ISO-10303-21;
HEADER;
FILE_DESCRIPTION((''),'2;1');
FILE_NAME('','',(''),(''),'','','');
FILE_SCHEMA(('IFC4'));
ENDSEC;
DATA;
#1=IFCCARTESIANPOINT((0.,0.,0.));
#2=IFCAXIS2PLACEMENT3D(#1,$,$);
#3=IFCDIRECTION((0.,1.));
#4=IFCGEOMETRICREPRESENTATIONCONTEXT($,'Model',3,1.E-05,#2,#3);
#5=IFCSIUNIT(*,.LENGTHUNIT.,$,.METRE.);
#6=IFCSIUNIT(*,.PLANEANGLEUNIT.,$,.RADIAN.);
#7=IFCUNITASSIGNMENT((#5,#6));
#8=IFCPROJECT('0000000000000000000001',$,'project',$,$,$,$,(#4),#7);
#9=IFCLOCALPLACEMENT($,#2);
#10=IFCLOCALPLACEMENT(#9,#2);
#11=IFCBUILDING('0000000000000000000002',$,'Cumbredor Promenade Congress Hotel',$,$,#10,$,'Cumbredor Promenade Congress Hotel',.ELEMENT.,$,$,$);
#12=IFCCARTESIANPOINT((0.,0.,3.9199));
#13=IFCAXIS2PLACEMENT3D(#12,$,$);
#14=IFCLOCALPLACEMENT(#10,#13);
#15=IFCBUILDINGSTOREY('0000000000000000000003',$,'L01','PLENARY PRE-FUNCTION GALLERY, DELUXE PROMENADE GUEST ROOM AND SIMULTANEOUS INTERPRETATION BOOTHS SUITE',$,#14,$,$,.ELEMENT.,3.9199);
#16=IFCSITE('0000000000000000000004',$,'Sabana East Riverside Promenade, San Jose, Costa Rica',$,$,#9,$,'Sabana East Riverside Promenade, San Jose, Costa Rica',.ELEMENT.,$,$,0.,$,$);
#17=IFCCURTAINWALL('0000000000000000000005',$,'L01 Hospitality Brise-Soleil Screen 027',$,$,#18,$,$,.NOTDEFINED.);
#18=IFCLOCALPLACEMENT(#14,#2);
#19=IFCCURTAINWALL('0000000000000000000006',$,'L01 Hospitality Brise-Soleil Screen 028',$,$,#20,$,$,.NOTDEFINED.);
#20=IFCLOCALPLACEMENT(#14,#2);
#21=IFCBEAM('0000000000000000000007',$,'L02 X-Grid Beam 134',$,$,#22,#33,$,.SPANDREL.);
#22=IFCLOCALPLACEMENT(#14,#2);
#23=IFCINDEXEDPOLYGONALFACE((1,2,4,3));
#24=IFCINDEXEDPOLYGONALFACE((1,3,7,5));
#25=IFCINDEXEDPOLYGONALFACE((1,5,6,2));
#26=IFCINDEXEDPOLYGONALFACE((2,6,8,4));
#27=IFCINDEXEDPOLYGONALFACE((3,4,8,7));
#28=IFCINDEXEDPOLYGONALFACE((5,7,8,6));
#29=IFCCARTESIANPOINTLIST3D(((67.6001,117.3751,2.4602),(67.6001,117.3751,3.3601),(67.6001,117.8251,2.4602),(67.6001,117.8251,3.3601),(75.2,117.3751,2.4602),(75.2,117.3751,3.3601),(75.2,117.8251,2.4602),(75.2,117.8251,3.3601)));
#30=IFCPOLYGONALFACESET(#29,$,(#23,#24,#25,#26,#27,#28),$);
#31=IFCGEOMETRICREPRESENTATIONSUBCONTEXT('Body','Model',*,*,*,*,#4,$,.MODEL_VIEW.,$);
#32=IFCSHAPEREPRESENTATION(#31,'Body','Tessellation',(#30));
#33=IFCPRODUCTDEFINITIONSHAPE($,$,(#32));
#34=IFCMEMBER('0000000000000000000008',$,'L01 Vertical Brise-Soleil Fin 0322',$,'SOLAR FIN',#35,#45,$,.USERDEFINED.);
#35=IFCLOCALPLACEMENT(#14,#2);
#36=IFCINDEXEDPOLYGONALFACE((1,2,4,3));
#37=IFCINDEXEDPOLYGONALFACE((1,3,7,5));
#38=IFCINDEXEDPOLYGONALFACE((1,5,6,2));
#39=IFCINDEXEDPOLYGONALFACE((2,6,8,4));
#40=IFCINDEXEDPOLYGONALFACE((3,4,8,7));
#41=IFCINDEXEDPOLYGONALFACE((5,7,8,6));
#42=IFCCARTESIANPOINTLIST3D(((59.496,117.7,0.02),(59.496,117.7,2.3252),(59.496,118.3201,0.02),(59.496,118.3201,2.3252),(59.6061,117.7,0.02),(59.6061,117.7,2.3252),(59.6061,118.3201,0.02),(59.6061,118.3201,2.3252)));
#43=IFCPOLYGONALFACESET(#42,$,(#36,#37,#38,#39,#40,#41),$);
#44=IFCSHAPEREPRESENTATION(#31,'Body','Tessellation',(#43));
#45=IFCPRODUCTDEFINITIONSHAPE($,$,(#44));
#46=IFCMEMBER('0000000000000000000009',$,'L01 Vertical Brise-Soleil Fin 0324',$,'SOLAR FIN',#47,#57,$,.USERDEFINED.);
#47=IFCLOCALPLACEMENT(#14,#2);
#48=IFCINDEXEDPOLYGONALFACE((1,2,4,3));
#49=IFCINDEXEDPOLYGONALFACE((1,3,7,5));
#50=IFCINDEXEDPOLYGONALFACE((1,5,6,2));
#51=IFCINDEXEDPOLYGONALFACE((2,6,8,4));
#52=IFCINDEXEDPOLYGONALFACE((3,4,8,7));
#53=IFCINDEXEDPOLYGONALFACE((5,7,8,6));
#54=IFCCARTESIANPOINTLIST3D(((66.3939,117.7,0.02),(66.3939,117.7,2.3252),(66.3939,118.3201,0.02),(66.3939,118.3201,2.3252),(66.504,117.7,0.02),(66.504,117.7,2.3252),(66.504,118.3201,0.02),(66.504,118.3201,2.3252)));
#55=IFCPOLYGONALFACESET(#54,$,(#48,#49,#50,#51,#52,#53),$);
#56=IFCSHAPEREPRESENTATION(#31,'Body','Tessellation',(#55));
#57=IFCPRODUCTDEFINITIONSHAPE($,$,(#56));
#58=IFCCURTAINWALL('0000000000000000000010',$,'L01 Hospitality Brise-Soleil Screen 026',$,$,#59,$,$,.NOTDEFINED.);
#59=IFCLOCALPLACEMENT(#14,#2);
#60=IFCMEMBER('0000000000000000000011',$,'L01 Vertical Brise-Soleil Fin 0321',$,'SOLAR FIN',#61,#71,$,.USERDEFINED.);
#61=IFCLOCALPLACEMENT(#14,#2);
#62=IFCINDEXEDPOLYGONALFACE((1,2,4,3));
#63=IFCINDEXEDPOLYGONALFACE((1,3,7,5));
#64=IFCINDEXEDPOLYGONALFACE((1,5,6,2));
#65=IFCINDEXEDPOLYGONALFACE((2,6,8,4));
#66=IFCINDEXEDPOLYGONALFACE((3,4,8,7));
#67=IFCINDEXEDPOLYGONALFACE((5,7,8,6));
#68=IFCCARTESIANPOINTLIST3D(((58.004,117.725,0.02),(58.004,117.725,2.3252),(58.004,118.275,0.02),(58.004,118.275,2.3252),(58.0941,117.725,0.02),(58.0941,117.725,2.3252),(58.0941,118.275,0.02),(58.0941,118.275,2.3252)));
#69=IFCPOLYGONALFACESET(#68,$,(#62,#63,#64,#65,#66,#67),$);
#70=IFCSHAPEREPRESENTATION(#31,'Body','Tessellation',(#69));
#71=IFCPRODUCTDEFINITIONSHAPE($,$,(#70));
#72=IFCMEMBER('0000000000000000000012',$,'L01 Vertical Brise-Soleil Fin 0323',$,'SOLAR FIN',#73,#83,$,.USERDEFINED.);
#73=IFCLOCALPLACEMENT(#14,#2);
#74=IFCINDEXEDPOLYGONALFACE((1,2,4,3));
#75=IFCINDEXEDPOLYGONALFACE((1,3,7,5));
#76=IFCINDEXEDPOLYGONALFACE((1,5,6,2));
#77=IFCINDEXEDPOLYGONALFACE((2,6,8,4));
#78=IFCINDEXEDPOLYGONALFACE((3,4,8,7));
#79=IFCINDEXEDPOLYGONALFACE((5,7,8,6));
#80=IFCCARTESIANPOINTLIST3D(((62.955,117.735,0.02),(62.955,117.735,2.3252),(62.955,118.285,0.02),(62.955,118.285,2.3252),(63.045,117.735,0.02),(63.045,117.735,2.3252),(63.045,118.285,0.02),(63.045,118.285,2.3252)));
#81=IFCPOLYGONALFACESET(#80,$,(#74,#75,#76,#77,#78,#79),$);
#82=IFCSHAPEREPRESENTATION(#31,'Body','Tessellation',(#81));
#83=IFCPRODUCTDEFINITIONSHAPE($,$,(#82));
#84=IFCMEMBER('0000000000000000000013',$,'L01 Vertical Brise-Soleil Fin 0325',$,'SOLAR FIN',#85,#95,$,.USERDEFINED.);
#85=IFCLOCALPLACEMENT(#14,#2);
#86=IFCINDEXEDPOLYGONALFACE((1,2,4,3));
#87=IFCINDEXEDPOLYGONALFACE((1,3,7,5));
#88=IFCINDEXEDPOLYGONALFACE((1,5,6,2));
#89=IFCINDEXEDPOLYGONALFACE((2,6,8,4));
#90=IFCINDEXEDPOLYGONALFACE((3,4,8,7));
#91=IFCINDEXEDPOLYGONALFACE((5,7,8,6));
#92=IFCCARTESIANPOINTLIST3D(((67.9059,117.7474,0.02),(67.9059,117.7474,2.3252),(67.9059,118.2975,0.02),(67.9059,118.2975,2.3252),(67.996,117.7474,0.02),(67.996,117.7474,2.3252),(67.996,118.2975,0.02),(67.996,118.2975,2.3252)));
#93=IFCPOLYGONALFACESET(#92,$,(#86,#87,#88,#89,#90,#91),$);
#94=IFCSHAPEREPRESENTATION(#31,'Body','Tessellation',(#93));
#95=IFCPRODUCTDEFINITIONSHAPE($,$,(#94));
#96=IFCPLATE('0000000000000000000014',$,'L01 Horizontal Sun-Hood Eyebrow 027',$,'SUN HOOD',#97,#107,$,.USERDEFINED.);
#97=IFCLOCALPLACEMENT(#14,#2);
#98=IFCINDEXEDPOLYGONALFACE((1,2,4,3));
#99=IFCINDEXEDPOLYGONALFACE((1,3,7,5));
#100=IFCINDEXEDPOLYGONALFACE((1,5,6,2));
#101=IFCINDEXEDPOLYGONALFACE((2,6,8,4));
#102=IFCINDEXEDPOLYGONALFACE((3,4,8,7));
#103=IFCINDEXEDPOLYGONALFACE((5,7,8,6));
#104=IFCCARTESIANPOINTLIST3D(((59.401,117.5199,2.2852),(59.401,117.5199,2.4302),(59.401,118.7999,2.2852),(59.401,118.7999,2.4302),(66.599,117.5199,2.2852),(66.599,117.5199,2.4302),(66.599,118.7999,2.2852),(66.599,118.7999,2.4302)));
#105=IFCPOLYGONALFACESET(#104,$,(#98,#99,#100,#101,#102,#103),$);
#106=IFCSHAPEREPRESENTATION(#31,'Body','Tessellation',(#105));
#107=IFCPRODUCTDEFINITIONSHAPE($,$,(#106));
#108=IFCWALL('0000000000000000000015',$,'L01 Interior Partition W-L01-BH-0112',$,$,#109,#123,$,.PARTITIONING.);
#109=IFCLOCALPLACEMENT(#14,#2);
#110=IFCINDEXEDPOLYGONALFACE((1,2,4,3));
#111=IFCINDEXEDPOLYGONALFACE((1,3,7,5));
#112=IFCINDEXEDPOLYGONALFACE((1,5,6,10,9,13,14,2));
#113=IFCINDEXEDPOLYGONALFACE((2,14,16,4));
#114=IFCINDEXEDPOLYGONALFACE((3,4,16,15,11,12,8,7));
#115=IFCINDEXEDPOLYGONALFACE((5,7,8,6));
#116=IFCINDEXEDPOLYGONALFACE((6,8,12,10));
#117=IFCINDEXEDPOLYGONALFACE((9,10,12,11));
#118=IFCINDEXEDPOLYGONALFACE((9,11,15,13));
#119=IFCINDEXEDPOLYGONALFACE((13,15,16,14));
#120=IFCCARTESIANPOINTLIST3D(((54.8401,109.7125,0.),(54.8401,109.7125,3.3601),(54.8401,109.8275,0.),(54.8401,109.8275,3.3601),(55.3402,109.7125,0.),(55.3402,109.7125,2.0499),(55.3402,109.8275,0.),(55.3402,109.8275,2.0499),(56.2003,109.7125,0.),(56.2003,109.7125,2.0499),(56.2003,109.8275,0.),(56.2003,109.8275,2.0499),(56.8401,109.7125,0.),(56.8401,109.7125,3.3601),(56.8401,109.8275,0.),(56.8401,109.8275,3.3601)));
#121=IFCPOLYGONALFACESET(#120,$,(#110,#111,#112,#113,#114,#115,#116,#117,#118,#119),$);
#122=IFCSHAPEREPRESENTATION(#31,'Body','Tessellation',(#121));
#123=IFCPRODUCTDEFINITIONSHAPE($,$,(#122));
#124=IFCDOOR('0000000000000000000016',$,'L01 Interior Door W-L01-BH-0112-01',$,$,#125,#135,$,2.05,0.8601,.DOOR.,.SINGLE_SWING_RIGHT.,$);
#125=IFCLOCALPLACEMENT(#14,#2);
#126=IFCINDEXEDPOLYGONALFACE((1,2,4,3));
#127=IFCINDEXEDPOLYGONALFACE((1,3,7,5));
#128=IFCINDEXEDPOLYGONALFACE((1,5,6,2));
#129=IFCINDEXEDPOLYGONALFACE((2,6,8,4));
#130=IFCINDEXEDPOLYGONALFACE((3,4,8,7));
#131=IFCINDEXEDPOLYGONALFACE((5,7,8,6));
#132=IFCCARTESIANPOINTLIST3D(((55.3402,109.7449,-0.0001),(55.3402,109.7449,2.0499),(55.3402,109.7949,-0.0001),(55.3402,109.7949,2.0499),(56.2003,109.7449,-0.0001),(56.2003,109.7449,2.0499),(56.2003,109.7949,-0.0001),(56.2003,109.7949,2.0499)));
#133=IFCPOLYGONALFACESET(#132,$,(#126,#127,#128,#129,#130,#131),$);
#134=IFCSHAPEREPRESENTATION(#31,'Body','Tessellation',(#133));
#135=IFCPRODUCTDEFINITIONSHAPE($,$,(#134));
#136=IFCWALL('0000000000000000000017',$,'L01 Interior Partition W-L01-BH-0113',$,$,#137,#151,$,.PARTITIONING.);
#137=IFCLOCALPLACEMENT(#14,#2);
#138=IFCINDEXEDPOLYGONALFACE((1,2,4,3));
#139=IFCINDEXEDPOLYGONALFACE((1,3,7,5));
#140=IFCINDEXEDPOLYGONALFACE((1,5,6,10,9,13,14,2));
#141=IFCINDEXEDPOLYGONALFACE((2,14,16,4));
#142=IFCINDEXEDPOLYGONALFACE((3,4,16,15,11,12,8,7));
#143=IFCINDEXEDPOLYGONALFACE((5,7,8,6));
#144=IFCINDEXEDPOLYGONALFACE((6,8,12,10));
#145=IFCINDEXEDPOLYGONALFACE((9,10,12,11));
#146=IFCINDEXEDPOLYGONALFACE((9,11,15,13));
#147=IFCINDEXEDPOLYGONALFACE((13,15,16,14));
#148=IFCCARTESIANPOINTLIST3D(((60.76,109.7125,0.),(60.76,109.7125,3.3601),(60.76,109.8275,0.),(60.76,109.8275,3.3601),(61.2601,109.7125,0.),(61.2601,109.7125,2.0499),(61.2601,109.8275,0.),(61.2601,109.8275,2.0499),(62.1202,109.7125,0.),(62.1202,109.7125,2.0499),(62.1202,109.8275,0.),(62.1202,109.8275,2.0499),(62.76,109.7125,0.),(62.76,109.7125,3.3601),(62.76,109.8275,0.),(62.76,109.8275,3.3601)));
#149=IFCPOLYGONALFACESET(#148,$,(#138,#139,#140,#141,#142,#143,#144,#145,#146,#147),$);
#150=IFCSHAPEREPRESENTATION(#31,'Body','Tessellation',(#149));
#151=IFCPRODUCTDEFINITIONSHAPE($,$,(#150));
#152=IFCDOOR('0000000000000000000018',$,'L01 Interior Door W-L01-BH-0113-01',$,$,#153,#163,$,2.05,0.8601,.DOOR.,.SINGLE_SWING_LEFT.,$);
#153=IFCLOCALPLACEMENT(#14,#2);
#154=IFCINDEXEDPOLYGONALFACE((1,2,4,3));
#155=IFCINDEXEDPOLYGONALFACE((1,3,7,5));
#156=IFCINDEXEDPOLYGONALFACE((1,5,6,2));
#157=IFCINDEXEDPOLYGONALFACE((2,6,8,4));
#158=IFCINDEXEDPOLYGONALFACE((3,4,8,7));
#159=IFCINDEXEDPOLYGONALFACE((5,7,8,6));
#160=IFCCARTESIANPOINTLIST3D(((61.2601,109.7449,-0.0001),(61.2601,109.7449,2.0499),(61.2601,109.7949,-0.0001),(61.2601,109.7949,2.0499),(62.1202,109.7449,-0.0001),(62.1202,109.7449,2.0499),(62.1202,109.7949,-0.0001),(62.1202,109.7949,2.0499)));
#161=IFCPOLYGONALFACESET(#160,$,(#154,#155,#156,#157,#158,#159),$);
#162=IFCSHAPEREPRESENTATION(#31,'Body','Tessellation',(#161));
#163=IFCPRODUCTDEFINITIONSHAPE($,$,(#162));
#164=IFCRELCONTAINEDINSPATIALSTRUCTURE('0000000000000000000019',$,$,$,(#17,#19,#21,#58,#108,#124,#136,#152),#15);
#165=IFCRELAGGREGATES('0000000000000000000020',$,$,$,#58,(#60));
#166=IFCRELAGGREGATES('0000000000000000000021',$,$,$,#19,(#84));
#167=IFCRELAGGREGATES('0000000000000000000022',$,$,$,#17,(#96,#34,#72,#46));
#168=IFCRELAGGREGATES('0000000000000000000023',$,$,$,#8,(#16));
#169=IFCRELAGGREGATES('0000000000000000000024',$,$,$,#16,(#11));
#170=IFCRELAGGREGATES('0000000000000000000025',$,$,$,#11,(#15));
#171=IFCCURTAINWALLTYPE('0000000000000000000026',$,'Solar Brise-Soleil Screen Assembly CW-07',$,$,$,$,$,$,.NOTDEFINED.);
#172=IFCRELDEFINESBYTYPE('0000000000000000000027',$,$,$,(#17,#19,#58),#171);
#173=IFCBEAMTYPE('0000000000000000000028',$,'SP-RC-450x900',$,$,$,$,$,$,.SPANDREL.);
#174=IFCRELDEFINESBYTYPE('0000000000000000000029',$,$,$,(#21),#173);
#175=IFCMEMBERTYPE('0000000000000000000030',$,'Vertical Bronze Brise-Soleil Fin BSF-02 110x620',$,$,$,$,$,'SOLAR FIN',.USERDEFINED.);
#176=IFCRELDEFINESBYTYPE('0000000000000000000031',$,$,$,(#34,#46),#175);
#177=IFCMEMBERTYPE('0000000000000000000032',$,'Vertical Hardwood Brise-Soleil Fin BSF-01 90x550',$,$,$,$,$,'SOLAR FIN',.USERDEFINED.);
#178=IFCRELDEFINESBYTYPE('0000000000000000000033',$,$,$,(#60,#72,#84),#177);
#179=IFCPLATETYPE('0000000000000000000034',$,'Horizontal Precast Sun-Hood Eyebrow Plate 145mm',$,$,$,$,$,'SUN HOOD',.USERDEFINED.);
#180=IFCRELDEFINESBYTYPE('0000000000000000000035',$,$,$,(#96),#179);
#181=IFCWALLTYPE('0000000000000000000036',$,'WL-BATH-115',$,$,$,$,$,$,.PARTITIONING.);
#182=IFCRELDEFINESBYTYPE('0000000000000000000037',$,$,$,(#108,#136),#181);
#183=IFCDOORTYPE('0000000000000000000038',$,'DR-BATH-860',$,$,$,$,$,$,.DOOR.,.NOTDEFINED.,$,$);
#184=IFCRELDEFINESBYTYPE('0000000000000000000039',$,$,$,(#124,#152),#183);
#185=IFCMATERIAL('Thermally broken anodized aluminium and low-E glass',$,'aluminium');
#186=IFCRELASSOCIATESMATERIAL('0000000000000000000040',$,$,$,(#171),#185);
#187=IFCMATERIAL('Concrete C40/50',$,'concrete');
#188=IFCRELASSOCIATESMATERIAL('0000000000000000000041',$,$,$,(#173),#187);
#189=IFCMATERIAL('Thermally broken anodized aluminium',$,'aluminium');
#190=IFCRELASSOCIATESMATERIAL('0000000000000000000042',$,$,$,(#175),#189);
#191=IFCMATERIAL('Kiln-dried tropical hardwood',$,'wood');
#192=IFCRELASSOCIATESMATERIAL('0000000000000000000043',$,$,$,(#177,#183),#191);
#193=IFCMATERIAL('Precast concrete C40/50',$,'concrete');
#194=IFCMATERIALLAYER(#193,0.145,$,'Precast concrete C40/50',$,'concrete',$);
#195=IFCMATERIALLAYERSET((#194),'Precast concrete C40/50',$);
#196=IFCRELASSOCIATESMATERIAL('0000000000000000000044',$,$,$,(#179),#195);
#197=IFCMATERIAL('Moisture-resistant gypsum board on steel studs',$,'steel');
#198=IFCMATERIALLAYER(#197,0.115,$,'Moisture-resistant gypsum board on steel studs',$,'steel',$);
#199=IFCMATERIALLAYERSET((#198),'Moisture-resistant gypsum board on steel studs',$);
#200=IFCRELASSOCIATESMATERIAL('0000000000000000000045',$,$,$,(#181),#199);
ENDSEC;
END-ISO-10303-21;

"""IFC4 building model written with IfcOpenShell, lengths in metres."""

from ifc_helpers import new_model, si_unit, direction, frame, frame_2d, origin, origin_2d, place, context, subcontext, project, spatial, rectangle, extrude, material, layer, layer_set, material_profile, profile_set, type_object, element, fill, aggregate, save


model = new_model("IFC4")

# Units and contexts
model_context = context("Model", 3, precision=1e-05, world=origin(), true_north=direction((0.0, 1.0)))
body_context = subcontext(model_context, "Body", "Model", "MODEL_VIEW")
ifc_project = project(units=[si_unit("LENGTHUNIT", "METRE"), si_unit("PLANEANGLEUNIT", "RADIAN")], contexts=[model_context])

# Site, building, storey
site_placement = place(None, origin())
site = spatial("IfcSite", under=ifc_project, at=site_placement, Name="Sabana East Riverside Promenade, San Jose, Costa Rica", LongName="Sabana East Riverside Promenade, San Jose, Costa Rica", CompositionType="ELEMENT", RefElevation=0.0)
building_placement = place(site_placement, origin())
building = spatial("IfcBuilding", under=site, at=building_placement, Name="Cumbredor Promenade Congress Hotel", LongName="Cumbredor Promenade Congress Hotel", CompositionType="ELEMENT")
storey_placement = place(building_placement, frame((0.0, 0.0, 3.9199)))
storey = spatial("IfcBuildingStorey", under=building, at=storey_placement, Name="L01", Description="PLENARY PRE-FUNCTION GALLERY, DELUXE PROMENADE GUEST ROOM AND SIMULTANEOUS INTERPRETATION BOOTHS SUITE", CompositionType="ELEMENT", Elevation=3.9199)

# Shared definitions
ifc_material_1 = material(Name="Concrete C40/50", Category="concrete")

# Curtain walls
ifc_material_2 = material(Name="Thermally broken anodized aluminium and low-E glass", Category="aluminium")
curtain_wall_type = type_object("IfcCurtainWallType", Name="Solar Brise-Soleil Screen Assembly CW-07", PredefinedType="NOTDEFINED", material=ifc_material_2)
curtain_wall_1_placement = place(storey_placement, origin())
curtain_wall_1 = element("IfcCurtainWall", 1, at=curtain_wall_1_placement, inside=storey, type_object=curtain_wall_type, Name="L01 Hospitality Brise-Soleil Screen 027", PredefinedType="NOTDEFINED")
ifc_material_3 = material(Name="Thermally broken anodized aluminium", Category="aluminium")
curtain_wall_2_placement = place(storey_placement, origin())
curtain_wall_2 = element("IfcCurtainWall", 2, at=curtain_wall_2_placement, inside=storey, type_object=curtain_wall_type, Name="L01 Hospitality Brise-Soleil Screen 028", PredefinedType="NOTDEFINED")

# Beam
ifc_material_profile_1 = material_profile(ifc_material_1, rectangle(XDim=0.45, YDim=0.8999, at=origin_2d()), Name="RC SPANDREL 450x900")
ifc_profile_set_1 = profile_set([ifc_material_profile_1], Name="Concrete C40/50")
beam_type_1 = type_object("IfcBeamType", Name="SP-RC-450x900", PredefinedType="SPANDREL", material=ifc_profile_set_1)
beam_1_placement = place(storey_placement, frame((67.6001, 117.6001, 2.9102), z_axis=(1.0, 0.0, 0.0), x_axis=(0.0, 1.0, 0.0)))
element("IfcBeam", 3, at=beam_1_placement, inside=storey, type_object=beam_type_1, Name="L02 X-Grid Beam 134", PredefinedType="SPANDREL", context=body_context, shape_type="SweptSolid", body=[
    extrude(rectangle(XDim=0.45, YDim=0.8999, at=origin_2d()), origin(), (0.0, 0.0, 1.0), 7.5999),
])

# Members
ifc_material_profile_2 = material_profile(ifc_material_3, rectangle(XDim=0.1101, YDim=0.6201, at=origin_2d()), Name="ARCH FIN 110x620")
ifc_profile_set_2 = profile_set([ifc_material_profile_2], Name="Thermally broken anodized aluminium")
member_type_1 = type_object("IfcMemberType", Name="Vertical Bronze Brise-Soleil Fin BSF-02 110x620", ElementType="SOLAR FIN", PredefinedType="USERDEFINED", material=ifc_profile_set_2)
member_1_placement = place(storey_placement, frame((59.551, 118.01, 0.02), z_axis=(0.0, 0.0, 1.0), x_axis=(1.0, 0.0, 0.0)))
member_1 = element("IfcMember", 4, at=member_1_placement, type_object=member_type_1, Name="L01 Vertical Brise-Soleil Fin 0322", ObjectType="SOLAR FIN", PredefinedType="USERDEFINED", context=body_context, shape_type="SweptSolid", body=[
    extrude(rectangle(XDim=0.1101, YDim=0.6201, at=origin_2d()), origin(), (0.0, 0.0, 1.0), 2.3052),
])
member_2_placement = place(storey_placement, frame((66.449, 118.01, 0.02), z_axis=(0.0, 0.0, 1.0), x_axis=(1.0, 0.0, 0.0)))
member_2 = element("IfcMember", 5, at=member_2_placement, type_object=member_type_1, Name="L01 Vertical Brise-Soleil Fin 0324", ObjectType="SOLAR FIN", PredefinedType="USERDEFINED", context=body_context, shape_type="SweptSolid", body=[
    extrude(rectangle(XDim=0.1101, YDim=0.6201, at=origin_2d()), origin(), (0.0, 0.0, 1.0), 2.3052),
])

# Curtain wall, member
curtain_wall_3_placement = place(storey_placement, origin())
curtain_wall_3 = element("IfcCurtainWall", 6, at=curtain_wall_3_placement, inside=storey, type_object=curtain_wall_type, Name="L01 Hospitality Brise-Soleil Screen 026", PredefinedType="NOTDEFINED")
ifc_material_4 = material(Name="Kiln-dried tropical hardwood", Category="wood")
ifc_material_profile_3 = material_profile(ifc_material_4, rectangle(XDim=0.0901, YDim=0.55, at=origin_2d()), Name="ARCH FIN 90x550")
ifc_profile_set_3 = profile_set([ifc_material_profile_3], Name="Kiln-dried tropical hardwood")
member_type_2 = type_object("IfcMemberType", Name="Vertical Hardwood Brise-Soleil Fin BSF-01 90x550", ElementType="SOLAR FIN", PredefinedType="USERDEFINED", material=ifc_profile_set_3)
member_3_placement = place(storey_placement, frame((58.0491, 118.0, 0.02), z_axis=(0.0, 0.0, 1.0), x_axis=(1.0, 0.0, 0.0)))
member_3 = element("IfcMember", 7, at=member_3_placement, type_object=member_type_2, Name="L01 Vertical Brise-Soleil Fin 0321", ObjectType="SOLAR FIN", PredefinedType="USERDEFINED", context=body_context, shape_type="SweptSolid", body=[
    extrude(rectangle(XDim=0.0901, YDim=0.55, at=origin_2d()), origin(), (0.0, 0.0, 1.0), 2.3052),
])
aggregate(curtain_wall_3, [member_3])

# Members
member_4_placement = place(storey_placement, frame((63.0, 118.01, 0.02), z_axis=(0.0, 0.0, 1.0), x_axis=(1.0, 0.0, 0.0)))
member_4 = element("IfcMember", 8, at=member_4_placement, type_object=member_type_2, Name="L01 Vertical Brise-Soleil Fin 0323", ObjectType="SOLAR FIN", PredefinedType="USERDEFINED", context=body_context, shape_type="SweptSolid", body=[
    extrude(rectangle(XDim=0.0901, YDim=0.55, at=origin_2d()), origin(), (0.0, 0.0, 1.0), 2.3052),
])
member_5_placement = place(storey_placement, frame((67.9509, 118.0225, 0.02), z_axis=(0.0, 0.0, 1.0), x_axis=(1.0, 0.0, 0.0)))
member_5 = element("IfcMember", 9, at=member_5_placement, type_object=member_type_2, Name="L01 Vertical Brise-Soleil Fin 0325", ObjectType="SOLAR FIN", PredefinedType="USERDEFINED", context=body_context, shape_type="SweptSolid", body=[
    extrude(rectangle(XDim=0.0901, YDim=0.55, at=origin_2d()), origin(), (0.0, 0.0, 1.0), 2.3052),
])
aggregate(curtain_wall_2, [member_5])

# Plate
ifc_material_5 = material(Name="Precast concrete C40/50", Category="concrete")
ifc_layer_1 = layer(ifc_material_5, 0.145, Name="Precast concrete C40/50", Category="concrete")
ifc_layer_set_1 = layer_set([ifc_layer_1], Name="Precast concrete C40/50")
plate_type = type_object("IfcPlateType", Name="Horizontal Precast Sun-Hood Eyebrow Plate 145mm", ElementType="SUN HOOD", PredefinedType="USERDEFINED", material=ifc_layer_set_1)
plate_placement = place(storey_placement, frame((63.0, 118.1599, 2.2852), z_axis=(0.0, 0.0, 1.0), x_axis=(1.0, 0.0, 0.0)))
plate = element("IfcPlate", 10, at=plate_placement, type_object=plate_type, Name="L01 Horizontal Sun-Hood Eyebrow 027", ObjectType="SUN HOOD", PredefinedType="USERDEFINED", context=body_context, shape_type="SweptSolid", body=[
    extrude(rectangle(XDim=7.198, YDim=1.28, at=origin_2d()), origin(), (0.0, 0.0, 1.0), 0.145),
])
aggregate(curtain_wall_1, [plate, member_1, member_4, member_2])

# Walls, openings, doors
ifc_material_6 = material(Name="Moisture-resistant gypsum board on steel studs", Category="steel")
ifc_layer_2 = layer(ifc_material_6, 0.115, Name="Moisture-resistant gypsum board on steel studs", Category="steel")
ifc_layer_set_2 = layer_set([ifc_layer_2], Name="Moisture-resistant gypsum board on steel studs")
wall_type_1 = type_object("IfcWallType", Name="WL-BATH-115", PredefinedType="PARTITIONING", material=ifc_layer_set_2)
wall_1_placement = place(storey_placement, frame((54.8401, 109.77, 0.0), z_axis=(0.0, 0.0, 1.0), x_axis=(1.0, 0.0, 0.0)))
wall_1 = element("IfcWall", 11, at=wall_1_placement, inside=storey, type_object=wall_type_1, Name="L01 Interior Partition W-L01-BH-0112", PredefinedType="PARTITIONING", context=body_context, shape_type="SweptSolid", body=[
    extrude(rectangle(XDim=2.0, YDim=0.115, at=frame_2d((1.0, 0.0))), origin(), (0.0, 0.0, 1.0), 3.3601),
])
opening_1_placement = place(wall_1_placement, frame((0.5, 0.0, 0.0)))
opening_1 = element("IfcOpeningElement", 12, at=opening_1_placement, cuts=wall_1, PredefinedType="OPENING", context=body_context, shape_type="SweptSolid", body=[
    extrude(rectangle(XDim=0.8601, YDim=2.05, at=frame_2d((0.4302, 1.0249))), frame((0.0, 0.0674, 0.0), z_axis=(0.0, -1.0, 0.0), x_axis=(1.0, 0.0, 0.0)), (0.0, 0.0, 1.0), 0.135),
])
door_type = type_object("IfcDoorType", Name="DR-BATH-860", OperationType="NOTDEFINED", PredefinedType="DOOR", material=ifc_material_4)
door_1_placement = place(opening_1_placement, origin())
door_1 = element("IfcDoor", 13, at=door_1_placement, inside=storey, type_object=door_type, Name="L01 Interior Door W-L01-BH-0112-01", OperationType="SINGLE_SWING_RIGHT", OverallHeight=2.05, OverallWidth=0.8601, PredefinedType="DOOR", context=body_context, shape_type="SweptSolid", body=[
    extrude(rectangle(XDim=0.8601, YDim=2.05, at=frame_2d((0.4302, 1.0249))), frame((0.0, 0.0249, 0.0), z_axis=(0.0, -1.0, 0.0), x_axis=(1.0, 0.0, 0.0)), (0.0, 0.0, 1.0), 0.05),
])
fill(opening_1, door_1)
wall_2_placement = place(storey_placement, frame((60.76, 109.77, 0.0), z_axis=(0.0, 0.0, 1.0), x_axis=(1.0, 0.0, 0.0)))
wall_2 = element("IfcWall", 14, at=wall_2_placement, inside=storey, type_object=wall_type_1, Name="L01 Interior Partition W-L01-BH-0113", PredefinedType="PARTITIONING", context=body_context, shape_type="SweptSolid", body=[
    extrude(rectangle(XDim=2.0, YDim=0.115, at=frame_2d((1.0, 0.0))), origin(), (0.0, 0.0, 1.0), 3.3601),
])
opening_2_placement = place(wall_2_placement, frame((0.5, 0.0, 0.0)))
opening_2 = element("IfcOpeningElement", 15, at=opening_2_placement, cuts=wall_2, PredefinedType="OPENING", context=body_context, shape_type="SweptSolid", body=[
    extrude(rectangle(XDim=0.8601, YDim=2.05, at=frame_2d((0.4302, 1.0249))), frame((0.0, 0.0674, 0.0), z_axis=(0.0, -1.0, 0.0), x_axis=(1.0, 0.0, 0.0)), (0.0, 0.0, 1.0), 0.135),
])
door_2_placement = place(opening_2_placement, origin())
door_2 = element("IfcDoor", 16, at=door_2_placement, inside=storey, type_object=door_type, Name="L01 Interior Door W-L01-BH-0113-01", OperationType="SINGLE_SWING_LEFT", OverallHeight=2.05, OverallWidth=0.8601, PredefinedType="DOOR", context=body_context, shape_type="SweptSolid", body=[
    extrude(rectangle(XDim=0.8601, YDim=2.05, at=frame_2d((0.4302, 1.0249))), frame((0.0, 0.0249, 0.0), z_axis=(0.0, -1.0, 0.0), x_axis=(1.0, 0.0, 0.0)), (0.0, 0.0, 1.0), 0.05),
])
fill(opening_2, door_2)

save(model, "model.ifc")
